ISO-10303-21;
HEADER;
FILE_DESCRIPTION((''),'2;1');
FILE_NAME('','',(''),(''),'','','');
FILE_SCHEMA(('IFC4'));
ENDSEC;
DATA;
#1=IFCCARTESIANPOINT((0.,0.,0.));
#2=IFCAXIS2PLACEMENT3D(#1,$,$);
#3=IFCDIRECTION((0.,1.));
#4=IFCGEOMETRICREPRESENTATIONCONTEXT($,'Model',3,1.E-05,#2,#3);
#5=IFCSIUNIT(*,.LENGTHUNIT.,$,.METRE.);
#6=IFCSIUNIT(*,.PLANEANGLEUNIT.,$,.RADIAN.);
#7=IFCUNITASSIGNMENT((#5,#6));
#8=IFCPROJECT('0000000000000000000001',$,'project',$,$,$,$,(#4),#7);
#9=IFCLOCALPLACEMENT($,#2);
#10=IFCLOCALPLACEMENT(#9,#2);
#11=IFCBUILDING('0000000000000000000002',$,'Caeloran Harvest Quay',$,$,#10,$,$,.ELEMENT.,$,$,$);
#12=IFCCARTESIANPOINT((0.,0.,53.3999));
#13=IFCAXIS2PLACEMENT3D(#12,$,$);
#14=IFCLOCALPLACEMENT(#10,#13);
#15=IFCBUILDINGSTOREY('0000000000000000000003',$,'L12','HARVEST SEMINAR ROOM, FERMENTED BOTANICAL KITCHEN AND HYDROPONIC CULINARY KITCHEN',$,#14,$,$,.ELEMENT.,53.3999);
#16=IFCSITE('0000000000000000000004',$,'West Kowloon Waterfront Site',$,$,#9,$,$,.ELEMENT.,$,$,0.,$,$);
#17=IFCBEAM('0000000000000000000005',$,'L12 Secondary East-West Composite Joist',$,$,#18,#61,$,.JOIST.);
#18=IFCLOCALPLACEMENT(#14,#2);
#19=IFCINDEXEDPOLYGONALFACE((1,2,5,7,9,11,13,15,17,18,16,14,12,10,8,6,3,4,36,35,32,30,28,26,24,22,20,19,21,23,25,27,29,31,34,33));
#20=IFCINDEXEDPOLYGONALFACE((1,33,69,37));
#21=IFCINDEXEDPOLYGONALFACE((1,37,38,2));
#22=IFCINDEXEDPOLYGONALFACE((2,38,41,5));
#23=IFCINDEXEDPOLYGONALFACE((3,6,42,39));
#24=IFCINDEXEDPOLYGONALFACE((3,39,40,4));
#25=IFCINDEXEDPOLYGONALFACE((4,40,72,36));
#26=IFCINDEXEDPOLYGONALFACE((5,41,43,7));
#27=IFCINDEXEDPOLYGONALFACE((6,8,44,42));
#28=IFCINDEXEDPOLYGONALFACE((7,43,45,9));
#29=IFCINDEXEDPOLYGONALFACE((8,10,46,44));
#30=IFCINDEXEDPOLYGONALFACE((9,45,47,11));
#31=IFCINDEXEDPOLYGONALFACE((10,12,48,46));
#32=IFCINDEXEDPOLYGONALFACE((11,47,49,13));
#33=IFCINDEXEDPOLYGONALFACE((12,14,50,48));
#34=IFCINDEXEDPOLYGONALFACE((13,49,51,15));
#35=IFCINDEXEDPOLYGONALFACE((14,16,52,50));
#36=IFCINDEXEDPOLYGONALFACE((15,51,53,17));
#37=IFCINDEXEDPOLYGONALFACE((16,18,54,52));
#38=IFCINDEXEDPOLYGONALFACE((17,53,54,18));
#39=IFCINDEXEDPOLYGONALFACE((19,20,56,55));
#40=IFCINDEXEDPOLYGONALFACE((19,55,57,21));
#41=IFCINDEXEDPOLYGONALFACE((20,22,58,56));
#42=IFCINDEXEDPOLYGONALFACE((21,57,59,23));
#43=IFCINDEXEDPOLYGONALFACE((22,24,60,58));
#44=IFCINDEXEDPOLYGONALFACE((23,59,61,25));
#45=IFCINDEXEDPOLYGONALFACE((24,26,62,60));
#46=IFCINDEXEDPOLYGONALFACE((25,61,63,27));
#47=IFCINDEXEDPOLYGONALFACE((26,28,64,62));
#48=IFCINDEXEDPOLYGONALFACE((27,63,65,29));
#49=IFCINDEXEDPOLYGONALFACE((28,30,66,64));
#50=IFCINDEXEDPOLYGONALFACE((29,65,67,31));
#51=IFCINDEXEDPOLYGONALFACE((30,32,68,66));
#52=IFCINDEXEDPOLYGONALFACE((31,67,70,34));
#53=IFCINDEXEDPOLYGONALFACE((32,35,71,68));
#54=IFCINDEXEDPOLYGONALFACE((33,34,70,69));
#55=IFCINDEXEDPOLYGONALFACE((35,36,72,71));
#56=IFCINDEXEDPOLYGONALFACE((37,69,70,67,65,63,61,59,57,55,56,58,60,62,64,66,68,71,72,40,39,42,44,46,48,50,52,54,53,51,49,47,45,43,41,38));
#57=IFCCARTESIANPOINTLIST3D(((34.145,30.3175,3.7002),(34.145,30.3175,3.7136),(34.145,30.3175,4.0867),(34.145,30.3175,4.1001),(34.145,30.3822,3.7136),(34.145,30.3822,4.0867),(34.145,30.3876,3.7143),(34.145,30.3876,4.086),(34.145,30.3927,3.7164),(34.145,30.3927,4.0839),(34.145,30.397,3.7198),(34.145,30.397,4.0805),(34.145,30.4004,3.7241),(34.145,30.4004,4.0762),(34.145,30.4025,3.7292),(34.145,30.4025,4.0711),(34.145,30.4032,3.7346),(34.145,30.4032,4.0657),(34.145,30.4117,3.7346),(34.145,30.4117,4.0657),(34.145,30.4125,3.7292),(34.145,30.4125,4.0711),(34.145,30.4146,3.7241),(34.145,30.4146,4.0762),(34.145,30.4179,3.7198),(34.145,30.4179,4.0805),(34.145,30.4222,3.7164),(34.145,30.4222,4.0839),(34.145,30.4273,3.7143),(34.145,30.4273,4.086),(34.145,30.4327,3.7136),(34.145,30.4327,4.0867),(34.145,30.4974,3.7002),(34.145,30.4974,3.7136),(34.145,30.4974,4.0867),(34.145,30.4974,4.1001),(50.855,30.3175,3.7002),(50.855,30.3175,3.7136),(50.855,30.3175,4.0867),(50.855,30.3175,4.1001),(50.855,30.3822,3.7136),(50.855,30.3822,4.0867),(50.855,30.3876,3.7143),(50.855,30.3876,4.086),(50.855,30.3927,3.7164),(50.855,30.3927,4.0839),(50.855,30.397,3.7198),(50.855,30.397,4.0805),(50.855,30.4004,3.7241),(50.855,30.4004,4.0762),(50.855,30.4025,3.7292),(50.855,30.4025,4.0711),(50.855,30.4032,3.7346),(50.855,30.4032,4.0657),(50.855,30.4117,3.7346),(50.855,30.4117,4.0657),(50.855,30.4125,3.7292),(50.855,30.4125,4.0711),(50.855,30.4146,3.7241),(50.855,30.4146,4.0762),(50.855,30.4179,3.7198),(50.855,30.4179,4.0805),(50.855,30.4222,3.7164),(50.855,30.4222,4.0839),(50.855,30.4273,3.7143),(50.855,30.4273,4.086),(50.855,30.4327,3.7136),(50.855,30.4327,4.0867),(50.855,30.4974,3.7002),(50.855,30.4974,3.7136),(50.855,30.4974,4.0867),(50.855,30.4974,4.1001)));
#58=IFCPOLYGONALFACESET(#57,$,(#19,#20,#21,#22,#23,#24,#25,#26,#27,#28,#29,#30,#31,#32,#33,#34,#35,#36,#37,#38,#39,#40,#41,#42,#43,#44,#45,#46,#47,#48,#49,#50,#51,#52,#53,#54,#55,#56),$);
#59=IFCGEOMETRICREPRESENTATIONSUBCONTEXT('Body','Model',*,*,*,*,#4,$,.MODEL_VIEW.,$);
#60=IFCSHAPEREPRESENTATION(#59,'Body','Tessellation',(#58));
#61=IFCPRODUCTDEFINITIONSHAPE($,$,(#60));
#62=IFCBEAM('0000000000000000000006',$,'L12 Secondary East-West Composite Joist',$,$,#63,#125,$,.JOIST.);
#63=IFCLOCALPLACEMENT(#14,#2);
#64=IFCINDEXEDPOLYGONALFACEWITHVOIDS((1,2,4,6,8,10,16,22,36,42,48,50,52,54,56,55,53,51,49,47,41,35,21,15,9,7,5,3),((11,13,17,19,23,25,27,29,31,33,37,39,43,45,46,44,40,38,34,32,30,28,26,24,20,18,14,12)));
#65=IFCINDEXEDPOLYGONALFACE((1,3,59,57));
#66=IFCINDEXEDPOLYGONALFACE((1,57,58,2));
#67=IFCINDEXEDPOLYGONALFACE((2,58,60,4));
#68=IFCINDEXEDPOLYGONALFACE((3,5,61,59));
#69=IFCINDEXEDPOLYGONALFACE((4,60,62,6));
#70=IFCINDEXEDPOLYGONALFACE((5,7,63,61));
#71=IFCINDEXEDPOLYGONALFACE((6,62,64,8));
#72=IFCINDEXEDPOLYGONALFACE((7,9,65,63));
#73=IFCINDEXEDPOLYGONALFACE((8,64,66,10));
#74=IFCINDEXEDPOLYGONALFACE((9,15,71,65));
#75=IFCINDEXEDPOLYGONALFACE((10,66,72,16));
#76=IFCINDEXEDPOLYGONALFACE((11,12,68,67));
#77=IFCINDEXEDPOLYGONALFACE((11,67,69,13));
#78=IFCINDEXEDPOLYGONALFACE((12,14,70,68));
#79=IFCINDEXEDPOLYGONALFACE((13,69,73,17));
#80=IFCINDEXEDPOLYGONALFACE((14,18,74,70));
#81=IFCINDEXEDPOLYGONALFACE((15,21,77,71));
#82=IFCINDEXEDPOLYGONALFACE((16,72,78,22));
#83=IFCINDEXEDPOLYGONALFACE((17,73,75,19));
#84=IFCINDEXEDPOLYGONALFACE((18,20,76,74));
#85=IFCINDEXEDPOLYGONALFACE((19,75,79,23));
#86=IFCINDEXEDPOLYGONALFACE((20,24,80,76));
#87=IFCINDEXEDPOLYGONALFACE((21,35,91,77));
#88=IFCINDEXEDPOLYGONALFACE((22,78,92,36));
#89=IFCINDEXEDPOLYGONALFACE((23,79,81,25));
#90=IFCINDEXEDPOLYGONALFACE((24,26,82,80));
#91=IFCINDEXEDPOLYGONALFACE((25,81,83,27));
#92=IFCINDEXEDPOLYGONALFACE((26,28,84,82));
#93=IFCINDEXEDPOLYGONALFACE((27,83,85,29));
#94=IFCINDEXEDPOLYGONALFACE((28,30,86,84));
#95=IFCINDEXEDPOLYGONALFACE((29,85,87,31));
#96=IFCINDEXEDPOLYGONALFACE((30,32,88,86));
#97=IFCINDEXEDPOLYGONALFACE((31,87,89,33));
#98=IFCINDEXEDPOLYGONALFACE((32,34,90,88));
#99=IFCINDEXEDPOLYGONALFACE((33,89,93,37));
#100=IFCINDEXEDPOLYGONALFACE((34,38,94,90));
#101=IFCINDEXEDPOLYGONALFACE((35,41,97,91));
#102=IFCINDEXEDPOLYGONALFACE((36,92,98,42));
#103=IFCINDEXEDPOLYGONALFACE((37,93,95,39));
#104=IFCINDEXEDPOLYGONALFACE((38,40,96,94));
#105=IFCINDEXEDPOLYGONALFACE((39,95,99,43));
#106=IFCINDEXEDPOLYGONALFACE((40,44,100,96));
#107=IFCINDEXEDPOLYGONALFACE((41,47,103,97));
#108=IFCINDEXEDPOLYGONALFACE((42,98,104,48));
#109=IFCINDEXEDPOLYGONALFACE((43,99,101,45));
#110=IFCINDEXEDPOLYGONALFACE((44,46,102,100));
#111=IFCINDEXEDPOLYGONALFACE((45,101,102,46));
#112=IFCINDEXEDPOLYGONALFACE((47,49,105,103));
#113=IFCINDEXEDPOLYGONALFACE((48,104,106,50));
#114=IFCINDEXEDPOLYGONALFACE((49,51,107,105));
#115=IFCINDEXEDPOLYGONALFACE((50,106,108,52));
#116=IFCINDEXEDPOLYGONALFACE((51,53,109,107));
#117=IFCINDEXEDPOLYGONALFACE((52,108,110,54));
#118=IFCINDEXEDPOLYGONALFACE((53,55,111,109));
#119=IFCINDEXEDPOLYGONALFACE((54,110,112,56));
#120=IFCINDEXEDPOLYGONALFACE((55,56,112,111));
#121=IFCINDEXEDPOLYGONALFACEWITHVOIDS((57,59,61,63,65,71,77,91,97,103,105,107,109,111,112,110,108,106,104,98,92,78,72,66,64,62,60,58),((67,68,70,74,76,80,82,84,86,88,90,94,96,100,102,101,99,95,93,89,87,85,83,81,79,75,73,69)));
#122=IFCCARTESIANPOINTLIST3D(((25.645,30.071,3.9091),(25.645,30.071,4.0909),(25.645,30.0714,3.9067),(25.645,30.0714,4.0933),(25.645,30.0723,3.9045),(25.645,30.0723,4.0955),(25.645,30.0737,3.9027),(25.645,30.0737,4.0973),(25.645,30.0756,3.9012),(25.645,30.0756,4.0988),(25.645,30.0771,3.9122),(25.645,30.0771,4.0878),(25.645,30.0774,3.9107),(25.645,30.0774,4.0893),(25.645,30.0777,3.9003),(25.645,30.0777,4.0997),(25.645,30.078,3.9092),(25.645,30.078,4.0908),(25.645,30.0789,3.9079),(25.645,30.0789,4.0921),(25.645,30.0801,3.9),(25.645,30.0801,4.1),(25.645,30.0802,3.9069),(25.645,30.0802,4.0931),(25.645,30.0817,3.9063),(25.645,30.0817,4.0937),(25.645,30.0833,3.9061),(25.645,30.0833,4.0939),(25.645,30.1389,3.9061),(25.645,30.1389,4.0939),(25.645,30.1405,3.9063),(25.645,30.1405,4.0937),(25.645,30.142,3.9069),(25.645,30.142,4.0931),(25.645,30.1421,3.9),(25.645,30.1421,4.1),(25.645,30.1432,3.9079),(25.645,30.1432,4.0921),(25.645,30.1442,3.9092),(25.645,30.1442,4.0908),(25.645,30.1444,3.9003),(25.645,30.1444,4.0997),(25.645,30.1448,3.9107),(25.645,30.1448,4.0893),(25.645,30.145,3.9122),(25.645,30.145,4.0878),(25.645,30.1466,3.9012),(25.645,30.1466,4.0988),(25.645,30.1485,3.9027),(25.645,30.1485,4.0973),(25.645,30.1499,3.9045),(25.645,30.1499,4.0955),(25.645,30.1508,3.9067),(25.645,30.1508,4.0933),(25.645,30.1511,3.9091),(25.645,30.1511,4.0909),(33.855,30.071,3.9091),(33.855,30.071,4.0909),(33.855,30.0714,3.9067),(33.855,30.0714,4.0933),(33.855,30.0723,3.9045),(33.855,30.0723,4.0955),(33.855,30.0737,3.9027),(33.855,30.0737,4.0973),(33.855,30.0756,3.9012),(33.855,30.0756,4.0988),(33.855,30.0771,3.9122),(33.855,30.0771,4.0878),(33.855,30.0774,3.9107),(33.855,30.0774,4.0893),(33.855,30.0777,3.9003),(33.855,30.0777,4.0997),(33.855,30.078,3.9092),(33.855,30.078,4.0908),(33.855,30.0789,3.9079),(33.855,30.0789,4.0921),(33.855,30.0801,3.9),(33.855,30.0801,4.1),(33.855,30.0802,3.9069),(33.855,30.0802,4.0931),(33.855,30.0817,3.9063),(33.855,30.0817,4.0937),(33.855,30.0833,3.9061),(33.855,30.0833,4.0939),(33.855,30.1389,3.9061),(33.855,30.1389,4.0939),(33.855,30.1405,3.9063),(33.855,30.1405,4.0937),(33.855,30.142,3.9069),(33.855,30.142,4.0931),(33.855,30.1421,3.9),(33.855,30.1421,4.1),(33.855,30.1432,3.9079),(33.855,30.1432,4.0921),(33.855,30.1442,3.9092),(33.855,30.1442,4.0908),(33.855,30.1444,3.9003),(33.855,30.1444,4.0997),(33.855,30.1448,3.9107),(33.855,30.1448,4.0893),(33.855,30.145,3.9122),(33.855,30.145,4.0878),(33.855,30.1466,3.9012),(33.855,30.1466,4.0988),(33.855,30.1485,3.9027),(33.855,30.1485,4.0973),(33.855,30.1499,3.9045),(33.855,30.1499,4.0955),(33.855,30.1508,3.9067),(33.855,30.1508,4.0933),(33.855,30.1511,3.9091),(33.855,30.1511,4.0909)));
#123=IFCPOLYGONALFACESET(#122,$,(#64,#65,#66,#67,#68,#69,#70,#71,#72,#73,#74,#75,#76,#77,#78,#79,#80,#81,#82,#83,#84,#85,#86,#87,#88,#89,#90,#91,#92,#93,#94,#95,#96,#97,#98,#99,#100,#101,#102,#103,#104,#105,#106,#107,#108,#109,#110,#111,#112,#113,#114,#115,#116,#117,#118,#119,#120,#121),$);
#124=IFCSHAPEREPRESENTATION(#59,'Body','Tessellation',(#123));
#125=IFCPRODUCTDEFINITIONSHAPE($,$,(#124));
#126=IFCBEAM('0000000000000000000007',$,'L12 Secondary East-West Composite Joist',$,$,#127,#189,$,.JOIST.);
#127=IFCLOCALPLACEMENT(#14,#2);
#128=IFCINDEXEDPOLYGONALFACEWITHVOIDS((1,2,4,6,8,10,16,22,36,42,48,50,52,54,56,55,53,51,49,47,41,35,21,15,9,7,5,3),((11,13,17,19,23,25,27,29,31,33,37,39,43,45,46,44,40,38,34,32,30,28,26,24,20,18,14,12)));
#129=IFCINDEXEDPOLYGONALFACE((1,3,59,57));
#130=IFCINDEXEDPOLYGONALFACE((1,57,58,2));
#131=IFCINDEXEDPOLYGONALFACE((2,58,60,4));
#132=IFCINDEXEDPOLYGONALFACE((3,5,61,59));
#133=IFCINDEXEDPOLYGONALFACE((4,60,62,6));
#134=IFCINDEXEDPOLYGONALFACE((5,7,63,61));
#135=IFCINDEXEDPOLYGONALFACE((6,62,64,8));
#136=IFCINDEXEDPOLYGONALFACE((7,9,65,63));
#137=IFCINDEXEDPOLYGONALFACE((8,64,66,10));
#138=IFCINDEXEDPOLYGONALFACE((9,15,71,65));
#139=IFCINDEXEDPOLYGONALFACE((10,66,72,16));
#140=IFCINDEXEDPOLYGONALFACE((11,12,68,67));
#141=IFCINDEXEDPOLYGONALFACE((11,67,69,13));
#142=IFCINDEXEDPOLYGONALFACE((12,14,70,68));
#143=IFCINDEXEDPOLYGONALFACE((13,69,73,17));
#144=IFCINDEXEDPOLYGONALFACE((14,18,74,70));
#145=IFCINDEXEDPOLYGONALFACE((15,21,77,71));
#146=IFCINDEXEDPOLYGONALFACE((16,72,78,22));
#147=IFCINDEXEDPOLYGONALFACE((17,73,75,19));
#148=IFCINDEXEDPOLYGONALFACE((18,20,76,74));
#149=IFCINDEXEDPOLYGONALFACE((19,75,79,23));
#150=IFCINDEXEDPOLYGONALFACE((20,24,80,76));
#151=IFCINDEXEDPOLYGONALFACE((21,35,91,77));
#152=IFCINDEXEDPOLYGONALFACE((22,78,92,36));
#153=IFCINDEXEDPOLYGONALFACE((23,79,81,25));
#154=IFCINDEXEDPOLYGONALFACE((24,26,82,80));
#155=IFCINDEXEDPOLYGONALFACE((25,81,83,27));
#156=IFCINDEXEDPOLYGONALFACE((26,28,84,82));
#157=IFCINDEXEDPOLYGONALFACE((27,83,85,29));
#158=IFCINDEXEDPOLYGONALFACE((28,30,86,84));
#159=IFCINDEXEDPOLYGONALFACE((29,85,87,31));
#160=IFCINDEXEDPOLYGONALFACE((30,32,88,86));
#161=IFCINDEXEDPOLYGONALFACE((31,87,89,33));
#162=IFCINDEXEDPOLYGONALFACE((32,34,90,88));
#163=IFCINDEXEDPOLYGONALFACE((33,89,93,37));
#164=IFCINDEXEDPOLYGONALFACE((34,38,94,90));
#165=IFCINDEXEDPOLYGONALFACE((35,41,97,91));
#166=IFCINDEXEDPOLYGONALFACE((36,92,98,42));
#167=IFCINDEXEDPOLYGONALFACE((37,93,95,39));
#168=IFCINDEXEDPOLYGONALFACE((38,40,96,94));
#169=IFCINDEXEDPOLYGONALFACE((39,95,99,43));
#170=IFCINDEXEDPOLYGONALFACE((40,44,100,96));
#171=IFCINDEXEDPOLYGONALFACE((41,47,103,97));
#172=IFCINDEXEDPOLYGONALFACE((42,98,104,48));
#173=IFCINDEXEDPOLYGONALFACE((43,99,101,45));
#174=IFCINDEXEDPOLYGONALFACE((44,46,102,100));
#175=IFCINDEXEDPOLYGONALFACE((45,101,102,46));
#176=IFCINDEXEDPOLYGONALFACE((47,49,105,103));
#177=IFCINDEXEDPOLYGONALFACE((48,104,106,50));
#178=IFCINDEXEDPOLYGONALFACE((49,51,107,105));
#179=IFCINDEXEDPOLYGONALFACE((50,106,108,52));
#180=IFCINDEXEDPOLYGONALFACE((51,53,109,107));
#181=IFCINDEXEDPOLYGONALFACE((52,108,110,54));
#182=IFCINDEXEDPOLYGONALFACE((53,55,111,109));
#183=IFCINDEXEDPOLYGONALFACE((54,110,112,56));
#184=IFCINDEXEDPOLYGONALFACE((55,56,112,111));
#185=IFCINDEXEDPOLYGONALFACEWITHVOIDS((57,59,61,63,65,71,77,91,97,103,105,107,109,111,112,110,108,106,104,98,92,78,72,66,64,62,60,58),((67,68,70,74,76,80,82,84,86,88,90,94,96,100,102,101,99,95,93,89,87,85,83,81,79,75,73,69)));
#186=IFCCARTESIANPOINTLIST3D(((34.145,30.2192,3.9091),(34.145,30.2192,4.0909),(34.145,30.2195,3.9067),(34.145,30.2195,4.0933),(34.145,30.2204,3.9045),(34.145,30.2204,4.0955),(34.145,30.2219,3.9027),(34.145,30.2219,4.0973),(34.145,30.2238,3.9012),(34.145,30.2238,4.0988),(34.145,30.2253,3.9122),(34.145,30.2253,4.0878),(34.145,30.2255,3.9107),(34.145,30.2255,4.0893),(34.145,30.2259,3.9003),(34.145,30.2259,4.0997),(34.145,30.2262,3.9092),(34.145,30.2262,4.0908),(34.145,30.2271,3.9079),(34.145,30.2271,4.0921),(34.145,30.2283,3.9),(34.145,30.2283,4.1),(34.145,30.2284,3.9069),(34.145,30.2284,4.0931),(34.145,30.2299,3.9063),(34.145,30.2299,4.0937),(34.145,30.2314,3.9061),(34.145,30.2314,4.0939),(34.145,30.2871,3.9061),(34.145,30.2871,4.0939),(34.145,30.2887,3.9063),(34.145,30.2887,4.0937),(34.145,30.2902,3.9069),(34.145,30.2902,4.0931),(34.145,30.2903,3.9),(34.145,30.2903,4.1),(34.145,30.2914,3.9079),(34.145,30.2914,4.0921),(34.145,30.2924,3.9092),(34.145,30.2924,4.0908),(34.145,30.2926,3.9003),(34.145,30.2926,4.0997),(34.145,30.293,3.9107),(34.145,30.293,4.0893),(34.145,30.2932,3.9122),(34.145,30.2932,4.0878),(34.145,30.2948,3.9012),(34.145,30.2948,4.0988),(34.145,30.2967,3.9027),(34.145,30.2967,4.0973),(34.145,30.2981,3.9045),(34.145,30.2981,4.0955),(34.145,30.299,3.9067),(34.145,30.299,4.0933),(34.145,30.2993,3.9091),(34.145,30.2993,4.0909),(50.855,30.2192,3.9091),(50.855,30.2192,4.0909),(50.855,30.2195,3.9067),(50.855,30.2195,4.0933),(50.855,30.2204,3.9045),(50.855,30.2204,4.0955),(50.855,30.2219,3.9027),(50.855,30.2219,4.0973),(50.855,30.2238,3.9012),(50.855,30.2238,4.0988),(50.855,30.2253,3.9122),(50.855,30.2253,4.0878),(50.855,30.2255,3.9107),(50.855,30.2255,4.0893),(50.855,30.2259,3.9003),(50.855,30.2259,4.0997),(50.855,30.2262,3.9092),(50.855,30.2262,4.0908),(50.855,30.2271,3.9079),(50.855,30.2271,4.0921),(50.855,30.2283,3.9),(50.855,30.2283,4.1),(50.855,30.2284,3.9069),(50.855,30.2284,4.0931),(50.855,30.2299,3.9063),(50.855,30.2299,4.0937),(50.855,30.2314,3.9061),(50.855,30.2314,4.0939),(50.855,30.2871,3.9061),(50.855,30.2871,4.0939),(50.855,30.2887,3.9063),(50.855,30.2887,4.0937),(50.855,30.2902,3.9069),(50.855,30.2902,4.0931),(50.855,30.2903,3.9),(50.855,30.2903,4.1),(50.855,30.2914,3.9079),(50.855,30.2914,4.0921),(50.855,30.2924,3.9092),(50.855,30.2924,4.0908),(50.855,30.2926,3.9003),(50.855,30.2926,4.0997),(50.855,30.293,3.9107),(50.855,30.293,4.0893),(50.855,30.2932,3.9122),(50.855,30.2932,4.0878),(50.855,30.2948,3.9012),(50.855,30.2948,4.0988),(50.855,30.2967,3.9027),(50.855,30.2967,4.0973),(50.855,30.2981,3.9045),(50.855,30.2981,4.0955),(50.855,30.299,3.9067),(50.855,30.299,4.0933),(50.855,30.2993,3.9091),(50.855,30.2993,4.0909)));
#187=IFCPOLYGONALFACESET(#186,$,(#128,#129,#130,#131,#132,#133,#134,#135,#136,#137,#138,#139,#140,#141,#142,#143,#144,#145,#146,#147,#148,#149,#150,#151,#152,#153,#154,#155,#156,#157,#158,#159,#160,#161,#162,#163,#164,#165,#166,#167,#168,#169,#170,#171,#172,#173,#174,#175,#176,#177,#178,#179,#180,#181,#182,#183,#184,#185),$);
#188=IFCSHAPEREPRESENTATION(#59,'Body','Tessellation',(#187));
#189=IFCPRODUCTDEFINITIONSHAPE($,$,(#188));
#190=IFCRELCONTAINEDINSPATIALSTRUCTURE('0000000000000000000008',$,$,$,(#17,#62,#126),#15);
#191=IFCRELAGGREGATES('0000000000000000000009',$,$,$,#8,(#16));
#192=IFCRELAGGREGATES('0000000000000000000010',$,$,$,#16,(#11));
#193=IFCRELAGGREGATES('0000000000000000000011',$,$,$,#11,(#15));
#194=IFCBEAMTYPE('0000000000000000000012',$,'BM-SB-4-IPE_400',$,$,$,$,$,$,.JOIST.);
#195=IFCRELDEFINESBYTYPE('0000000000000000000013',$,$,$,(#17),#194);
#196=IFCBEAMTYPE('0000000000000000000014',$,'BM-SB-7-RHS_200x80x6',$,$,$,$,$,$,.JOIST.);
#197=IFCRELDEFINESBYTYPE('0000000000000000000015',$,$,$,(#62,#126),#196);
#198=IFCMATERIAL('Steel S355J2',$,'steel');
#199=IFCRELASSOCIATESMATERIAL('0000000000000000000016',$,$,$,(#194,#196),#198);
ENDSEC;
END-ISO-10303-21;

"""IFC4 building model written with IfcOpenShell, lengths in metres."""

from ifc_helpers import new_model, si_unit, direction, frame, origin, origin_2d, place, context, subcontext, project, spatial, hollow_rectangle, i_section, extrude, material, material_profile, profile_set, type_object, element, save


model = new_model("IFC4")

# Units and contexts
model_context = context("Model", 3, precision=1e-05, world=origin(), true_north=direction((0.0, 1.0)))
body_context = subcontext(model_context, "Body", "Model", "MODEL_VIEW")
ifc_project = project(units=[si_unit("LENGTHUNIT", "METRE"), si_unit("PLANEANGLEUNIT", "RADIAN")], contexts=[model_context])

# Site, building, storey
site_placement = place(None, origin())
site = spatial("IfcSite", under=ifc_project, at=site_placement, Name="West Kowloon Waterfront Site", CompositionType="ELEMENT", RefElevation=0.0)
building_placement = place(site_placement, origin())
building = spatial("IfcBuilding", under=site, at=building_placement, Name="Caeloran Harvest Quay", CompositionType="ELEMENT")
storey_placement = place(building_placement, frame((0.0, 0.0, 53.3999)))
storey = spatial("IfcBuildingStorey", under=building, at=storey_placement, Name="L12", Description="HARVEST SEMINAR ROOM, FERMENTED BOTANICAL KITCHEN AND HYDROPONIC CULINARY KITCHEN", CompositionType="ELEMENT", Elevation=53.3999)

# Beams
ifc_material_1 = material(Name="Steel S355J2", Category="steel")
ifc_material_profile_1 = material_profile(ifc_material_1, i_section(OverallWidth=0.1799, OverallDepth=0.3999, WebThickness=0.0085, FlangeThickness=0.0134, FilletRadius=0.021, at=origin_2d()), Name="IPE 400")
ifc_profile_set_1 = profile_set([ifc_material_profile_1], Name="Steel S355J2")
beam_type_1 = type_object("IfcBeamType", Name="BM-SB-4-IPE_400", PredefinedType="JOIST", material=ifc_profile_set_1)
for number, where, z_axis, x_axis, name in (
    (1, (34.145, 30.4075, 3.9001), (1.0, 0.0, 0.0), (0.0, 1.0, 0.0), "L12 Secondary East-West Composite Joist"),
):
    element("IfcBeam", number, at=place(storey_placement, frame(where, z_axis=z_axis, x_axis=x_axis)), inside=storey, type_object=beam_type_1, Name=name, PredefinedType="JOIST", context=body_context, shape_type="SweptSolid", body=[
        extrude(i_section(OverallWidth=0.1799, OverallDepth=0.3999, WebThickness=0.0085, FlangeThickness=0.0134, FilletRadius=0.021, at=origin_2d()), origin(), (0.0, 0.0, 1.0), 16.71),
    ])
ifc_material_profile_2 = material_profile(ifc_material_1, hollow_rectangle(XDim=0.0801, YDim=0.2, WallThickness=0.0061, InnerFilletRadius=0.0061, OuterFilletRadius=0.009, at=origin_2d()), Name="RHS 200x80x6")
ifc_profile_set_2 = profile_set([ifc_material_profile_2], Name="Steel S355J2")
beam_type_2 = type_object("IfcBeamType", Name="BM-SB-7-RHS_200x80x6", PredefinedType="JOIST", material=ifc_profile_set_2)
beam_1_placement = place(storey_placement, frame((25.645, 30.1111, 4.0), z_axis=(1.0, 0.0, 0.0), x_axis=(0.0, 1.0, 0.0)))
element("IfcBeam", 2, at=beam_1_placement, inside=storey, type_object=beam_type_2, Name="L12 Secondary East-West Composite Joist", PredefinedType="JOIST", context=body_context, shape_type="SweptSolid", body=[
    extrude(hollow_rectangle(XDim=0.0801, YDim=0.2, WallThickness=0.0061, InnerFilletRadius=0.0061, OuterFilletRadius=0.009, at=origin_2d()), origin(), (0.0, 0.0, 1.0), 8.21),
])
beam_2_placement = place(storey_placement, frame((34.145, 30.2593, 4.0), z_axis=(1.0, 0.0, 0.0), x_axis=(0.0, 1.0, 0.0)))
element("IfcBeam", 3, at=beam_2_placement, inside=storey, type_object=beam_type_2, Name="L12 Secondary East-West Composite Joist", PredefinedType="JOIST", context=body_context, shape_type="SweptSolid", body=[
    extrude(hollow_rectangle(XDim=0.0801, YDim=0.2, WallThickness=0.0061, InnerFilletRadius=0.0061, OuterFilletRadius=0.009, at=origin_2d()), origin(), (0.0, 0.0, 1.0), 16.71),
])

save(model, "model.ifc")
